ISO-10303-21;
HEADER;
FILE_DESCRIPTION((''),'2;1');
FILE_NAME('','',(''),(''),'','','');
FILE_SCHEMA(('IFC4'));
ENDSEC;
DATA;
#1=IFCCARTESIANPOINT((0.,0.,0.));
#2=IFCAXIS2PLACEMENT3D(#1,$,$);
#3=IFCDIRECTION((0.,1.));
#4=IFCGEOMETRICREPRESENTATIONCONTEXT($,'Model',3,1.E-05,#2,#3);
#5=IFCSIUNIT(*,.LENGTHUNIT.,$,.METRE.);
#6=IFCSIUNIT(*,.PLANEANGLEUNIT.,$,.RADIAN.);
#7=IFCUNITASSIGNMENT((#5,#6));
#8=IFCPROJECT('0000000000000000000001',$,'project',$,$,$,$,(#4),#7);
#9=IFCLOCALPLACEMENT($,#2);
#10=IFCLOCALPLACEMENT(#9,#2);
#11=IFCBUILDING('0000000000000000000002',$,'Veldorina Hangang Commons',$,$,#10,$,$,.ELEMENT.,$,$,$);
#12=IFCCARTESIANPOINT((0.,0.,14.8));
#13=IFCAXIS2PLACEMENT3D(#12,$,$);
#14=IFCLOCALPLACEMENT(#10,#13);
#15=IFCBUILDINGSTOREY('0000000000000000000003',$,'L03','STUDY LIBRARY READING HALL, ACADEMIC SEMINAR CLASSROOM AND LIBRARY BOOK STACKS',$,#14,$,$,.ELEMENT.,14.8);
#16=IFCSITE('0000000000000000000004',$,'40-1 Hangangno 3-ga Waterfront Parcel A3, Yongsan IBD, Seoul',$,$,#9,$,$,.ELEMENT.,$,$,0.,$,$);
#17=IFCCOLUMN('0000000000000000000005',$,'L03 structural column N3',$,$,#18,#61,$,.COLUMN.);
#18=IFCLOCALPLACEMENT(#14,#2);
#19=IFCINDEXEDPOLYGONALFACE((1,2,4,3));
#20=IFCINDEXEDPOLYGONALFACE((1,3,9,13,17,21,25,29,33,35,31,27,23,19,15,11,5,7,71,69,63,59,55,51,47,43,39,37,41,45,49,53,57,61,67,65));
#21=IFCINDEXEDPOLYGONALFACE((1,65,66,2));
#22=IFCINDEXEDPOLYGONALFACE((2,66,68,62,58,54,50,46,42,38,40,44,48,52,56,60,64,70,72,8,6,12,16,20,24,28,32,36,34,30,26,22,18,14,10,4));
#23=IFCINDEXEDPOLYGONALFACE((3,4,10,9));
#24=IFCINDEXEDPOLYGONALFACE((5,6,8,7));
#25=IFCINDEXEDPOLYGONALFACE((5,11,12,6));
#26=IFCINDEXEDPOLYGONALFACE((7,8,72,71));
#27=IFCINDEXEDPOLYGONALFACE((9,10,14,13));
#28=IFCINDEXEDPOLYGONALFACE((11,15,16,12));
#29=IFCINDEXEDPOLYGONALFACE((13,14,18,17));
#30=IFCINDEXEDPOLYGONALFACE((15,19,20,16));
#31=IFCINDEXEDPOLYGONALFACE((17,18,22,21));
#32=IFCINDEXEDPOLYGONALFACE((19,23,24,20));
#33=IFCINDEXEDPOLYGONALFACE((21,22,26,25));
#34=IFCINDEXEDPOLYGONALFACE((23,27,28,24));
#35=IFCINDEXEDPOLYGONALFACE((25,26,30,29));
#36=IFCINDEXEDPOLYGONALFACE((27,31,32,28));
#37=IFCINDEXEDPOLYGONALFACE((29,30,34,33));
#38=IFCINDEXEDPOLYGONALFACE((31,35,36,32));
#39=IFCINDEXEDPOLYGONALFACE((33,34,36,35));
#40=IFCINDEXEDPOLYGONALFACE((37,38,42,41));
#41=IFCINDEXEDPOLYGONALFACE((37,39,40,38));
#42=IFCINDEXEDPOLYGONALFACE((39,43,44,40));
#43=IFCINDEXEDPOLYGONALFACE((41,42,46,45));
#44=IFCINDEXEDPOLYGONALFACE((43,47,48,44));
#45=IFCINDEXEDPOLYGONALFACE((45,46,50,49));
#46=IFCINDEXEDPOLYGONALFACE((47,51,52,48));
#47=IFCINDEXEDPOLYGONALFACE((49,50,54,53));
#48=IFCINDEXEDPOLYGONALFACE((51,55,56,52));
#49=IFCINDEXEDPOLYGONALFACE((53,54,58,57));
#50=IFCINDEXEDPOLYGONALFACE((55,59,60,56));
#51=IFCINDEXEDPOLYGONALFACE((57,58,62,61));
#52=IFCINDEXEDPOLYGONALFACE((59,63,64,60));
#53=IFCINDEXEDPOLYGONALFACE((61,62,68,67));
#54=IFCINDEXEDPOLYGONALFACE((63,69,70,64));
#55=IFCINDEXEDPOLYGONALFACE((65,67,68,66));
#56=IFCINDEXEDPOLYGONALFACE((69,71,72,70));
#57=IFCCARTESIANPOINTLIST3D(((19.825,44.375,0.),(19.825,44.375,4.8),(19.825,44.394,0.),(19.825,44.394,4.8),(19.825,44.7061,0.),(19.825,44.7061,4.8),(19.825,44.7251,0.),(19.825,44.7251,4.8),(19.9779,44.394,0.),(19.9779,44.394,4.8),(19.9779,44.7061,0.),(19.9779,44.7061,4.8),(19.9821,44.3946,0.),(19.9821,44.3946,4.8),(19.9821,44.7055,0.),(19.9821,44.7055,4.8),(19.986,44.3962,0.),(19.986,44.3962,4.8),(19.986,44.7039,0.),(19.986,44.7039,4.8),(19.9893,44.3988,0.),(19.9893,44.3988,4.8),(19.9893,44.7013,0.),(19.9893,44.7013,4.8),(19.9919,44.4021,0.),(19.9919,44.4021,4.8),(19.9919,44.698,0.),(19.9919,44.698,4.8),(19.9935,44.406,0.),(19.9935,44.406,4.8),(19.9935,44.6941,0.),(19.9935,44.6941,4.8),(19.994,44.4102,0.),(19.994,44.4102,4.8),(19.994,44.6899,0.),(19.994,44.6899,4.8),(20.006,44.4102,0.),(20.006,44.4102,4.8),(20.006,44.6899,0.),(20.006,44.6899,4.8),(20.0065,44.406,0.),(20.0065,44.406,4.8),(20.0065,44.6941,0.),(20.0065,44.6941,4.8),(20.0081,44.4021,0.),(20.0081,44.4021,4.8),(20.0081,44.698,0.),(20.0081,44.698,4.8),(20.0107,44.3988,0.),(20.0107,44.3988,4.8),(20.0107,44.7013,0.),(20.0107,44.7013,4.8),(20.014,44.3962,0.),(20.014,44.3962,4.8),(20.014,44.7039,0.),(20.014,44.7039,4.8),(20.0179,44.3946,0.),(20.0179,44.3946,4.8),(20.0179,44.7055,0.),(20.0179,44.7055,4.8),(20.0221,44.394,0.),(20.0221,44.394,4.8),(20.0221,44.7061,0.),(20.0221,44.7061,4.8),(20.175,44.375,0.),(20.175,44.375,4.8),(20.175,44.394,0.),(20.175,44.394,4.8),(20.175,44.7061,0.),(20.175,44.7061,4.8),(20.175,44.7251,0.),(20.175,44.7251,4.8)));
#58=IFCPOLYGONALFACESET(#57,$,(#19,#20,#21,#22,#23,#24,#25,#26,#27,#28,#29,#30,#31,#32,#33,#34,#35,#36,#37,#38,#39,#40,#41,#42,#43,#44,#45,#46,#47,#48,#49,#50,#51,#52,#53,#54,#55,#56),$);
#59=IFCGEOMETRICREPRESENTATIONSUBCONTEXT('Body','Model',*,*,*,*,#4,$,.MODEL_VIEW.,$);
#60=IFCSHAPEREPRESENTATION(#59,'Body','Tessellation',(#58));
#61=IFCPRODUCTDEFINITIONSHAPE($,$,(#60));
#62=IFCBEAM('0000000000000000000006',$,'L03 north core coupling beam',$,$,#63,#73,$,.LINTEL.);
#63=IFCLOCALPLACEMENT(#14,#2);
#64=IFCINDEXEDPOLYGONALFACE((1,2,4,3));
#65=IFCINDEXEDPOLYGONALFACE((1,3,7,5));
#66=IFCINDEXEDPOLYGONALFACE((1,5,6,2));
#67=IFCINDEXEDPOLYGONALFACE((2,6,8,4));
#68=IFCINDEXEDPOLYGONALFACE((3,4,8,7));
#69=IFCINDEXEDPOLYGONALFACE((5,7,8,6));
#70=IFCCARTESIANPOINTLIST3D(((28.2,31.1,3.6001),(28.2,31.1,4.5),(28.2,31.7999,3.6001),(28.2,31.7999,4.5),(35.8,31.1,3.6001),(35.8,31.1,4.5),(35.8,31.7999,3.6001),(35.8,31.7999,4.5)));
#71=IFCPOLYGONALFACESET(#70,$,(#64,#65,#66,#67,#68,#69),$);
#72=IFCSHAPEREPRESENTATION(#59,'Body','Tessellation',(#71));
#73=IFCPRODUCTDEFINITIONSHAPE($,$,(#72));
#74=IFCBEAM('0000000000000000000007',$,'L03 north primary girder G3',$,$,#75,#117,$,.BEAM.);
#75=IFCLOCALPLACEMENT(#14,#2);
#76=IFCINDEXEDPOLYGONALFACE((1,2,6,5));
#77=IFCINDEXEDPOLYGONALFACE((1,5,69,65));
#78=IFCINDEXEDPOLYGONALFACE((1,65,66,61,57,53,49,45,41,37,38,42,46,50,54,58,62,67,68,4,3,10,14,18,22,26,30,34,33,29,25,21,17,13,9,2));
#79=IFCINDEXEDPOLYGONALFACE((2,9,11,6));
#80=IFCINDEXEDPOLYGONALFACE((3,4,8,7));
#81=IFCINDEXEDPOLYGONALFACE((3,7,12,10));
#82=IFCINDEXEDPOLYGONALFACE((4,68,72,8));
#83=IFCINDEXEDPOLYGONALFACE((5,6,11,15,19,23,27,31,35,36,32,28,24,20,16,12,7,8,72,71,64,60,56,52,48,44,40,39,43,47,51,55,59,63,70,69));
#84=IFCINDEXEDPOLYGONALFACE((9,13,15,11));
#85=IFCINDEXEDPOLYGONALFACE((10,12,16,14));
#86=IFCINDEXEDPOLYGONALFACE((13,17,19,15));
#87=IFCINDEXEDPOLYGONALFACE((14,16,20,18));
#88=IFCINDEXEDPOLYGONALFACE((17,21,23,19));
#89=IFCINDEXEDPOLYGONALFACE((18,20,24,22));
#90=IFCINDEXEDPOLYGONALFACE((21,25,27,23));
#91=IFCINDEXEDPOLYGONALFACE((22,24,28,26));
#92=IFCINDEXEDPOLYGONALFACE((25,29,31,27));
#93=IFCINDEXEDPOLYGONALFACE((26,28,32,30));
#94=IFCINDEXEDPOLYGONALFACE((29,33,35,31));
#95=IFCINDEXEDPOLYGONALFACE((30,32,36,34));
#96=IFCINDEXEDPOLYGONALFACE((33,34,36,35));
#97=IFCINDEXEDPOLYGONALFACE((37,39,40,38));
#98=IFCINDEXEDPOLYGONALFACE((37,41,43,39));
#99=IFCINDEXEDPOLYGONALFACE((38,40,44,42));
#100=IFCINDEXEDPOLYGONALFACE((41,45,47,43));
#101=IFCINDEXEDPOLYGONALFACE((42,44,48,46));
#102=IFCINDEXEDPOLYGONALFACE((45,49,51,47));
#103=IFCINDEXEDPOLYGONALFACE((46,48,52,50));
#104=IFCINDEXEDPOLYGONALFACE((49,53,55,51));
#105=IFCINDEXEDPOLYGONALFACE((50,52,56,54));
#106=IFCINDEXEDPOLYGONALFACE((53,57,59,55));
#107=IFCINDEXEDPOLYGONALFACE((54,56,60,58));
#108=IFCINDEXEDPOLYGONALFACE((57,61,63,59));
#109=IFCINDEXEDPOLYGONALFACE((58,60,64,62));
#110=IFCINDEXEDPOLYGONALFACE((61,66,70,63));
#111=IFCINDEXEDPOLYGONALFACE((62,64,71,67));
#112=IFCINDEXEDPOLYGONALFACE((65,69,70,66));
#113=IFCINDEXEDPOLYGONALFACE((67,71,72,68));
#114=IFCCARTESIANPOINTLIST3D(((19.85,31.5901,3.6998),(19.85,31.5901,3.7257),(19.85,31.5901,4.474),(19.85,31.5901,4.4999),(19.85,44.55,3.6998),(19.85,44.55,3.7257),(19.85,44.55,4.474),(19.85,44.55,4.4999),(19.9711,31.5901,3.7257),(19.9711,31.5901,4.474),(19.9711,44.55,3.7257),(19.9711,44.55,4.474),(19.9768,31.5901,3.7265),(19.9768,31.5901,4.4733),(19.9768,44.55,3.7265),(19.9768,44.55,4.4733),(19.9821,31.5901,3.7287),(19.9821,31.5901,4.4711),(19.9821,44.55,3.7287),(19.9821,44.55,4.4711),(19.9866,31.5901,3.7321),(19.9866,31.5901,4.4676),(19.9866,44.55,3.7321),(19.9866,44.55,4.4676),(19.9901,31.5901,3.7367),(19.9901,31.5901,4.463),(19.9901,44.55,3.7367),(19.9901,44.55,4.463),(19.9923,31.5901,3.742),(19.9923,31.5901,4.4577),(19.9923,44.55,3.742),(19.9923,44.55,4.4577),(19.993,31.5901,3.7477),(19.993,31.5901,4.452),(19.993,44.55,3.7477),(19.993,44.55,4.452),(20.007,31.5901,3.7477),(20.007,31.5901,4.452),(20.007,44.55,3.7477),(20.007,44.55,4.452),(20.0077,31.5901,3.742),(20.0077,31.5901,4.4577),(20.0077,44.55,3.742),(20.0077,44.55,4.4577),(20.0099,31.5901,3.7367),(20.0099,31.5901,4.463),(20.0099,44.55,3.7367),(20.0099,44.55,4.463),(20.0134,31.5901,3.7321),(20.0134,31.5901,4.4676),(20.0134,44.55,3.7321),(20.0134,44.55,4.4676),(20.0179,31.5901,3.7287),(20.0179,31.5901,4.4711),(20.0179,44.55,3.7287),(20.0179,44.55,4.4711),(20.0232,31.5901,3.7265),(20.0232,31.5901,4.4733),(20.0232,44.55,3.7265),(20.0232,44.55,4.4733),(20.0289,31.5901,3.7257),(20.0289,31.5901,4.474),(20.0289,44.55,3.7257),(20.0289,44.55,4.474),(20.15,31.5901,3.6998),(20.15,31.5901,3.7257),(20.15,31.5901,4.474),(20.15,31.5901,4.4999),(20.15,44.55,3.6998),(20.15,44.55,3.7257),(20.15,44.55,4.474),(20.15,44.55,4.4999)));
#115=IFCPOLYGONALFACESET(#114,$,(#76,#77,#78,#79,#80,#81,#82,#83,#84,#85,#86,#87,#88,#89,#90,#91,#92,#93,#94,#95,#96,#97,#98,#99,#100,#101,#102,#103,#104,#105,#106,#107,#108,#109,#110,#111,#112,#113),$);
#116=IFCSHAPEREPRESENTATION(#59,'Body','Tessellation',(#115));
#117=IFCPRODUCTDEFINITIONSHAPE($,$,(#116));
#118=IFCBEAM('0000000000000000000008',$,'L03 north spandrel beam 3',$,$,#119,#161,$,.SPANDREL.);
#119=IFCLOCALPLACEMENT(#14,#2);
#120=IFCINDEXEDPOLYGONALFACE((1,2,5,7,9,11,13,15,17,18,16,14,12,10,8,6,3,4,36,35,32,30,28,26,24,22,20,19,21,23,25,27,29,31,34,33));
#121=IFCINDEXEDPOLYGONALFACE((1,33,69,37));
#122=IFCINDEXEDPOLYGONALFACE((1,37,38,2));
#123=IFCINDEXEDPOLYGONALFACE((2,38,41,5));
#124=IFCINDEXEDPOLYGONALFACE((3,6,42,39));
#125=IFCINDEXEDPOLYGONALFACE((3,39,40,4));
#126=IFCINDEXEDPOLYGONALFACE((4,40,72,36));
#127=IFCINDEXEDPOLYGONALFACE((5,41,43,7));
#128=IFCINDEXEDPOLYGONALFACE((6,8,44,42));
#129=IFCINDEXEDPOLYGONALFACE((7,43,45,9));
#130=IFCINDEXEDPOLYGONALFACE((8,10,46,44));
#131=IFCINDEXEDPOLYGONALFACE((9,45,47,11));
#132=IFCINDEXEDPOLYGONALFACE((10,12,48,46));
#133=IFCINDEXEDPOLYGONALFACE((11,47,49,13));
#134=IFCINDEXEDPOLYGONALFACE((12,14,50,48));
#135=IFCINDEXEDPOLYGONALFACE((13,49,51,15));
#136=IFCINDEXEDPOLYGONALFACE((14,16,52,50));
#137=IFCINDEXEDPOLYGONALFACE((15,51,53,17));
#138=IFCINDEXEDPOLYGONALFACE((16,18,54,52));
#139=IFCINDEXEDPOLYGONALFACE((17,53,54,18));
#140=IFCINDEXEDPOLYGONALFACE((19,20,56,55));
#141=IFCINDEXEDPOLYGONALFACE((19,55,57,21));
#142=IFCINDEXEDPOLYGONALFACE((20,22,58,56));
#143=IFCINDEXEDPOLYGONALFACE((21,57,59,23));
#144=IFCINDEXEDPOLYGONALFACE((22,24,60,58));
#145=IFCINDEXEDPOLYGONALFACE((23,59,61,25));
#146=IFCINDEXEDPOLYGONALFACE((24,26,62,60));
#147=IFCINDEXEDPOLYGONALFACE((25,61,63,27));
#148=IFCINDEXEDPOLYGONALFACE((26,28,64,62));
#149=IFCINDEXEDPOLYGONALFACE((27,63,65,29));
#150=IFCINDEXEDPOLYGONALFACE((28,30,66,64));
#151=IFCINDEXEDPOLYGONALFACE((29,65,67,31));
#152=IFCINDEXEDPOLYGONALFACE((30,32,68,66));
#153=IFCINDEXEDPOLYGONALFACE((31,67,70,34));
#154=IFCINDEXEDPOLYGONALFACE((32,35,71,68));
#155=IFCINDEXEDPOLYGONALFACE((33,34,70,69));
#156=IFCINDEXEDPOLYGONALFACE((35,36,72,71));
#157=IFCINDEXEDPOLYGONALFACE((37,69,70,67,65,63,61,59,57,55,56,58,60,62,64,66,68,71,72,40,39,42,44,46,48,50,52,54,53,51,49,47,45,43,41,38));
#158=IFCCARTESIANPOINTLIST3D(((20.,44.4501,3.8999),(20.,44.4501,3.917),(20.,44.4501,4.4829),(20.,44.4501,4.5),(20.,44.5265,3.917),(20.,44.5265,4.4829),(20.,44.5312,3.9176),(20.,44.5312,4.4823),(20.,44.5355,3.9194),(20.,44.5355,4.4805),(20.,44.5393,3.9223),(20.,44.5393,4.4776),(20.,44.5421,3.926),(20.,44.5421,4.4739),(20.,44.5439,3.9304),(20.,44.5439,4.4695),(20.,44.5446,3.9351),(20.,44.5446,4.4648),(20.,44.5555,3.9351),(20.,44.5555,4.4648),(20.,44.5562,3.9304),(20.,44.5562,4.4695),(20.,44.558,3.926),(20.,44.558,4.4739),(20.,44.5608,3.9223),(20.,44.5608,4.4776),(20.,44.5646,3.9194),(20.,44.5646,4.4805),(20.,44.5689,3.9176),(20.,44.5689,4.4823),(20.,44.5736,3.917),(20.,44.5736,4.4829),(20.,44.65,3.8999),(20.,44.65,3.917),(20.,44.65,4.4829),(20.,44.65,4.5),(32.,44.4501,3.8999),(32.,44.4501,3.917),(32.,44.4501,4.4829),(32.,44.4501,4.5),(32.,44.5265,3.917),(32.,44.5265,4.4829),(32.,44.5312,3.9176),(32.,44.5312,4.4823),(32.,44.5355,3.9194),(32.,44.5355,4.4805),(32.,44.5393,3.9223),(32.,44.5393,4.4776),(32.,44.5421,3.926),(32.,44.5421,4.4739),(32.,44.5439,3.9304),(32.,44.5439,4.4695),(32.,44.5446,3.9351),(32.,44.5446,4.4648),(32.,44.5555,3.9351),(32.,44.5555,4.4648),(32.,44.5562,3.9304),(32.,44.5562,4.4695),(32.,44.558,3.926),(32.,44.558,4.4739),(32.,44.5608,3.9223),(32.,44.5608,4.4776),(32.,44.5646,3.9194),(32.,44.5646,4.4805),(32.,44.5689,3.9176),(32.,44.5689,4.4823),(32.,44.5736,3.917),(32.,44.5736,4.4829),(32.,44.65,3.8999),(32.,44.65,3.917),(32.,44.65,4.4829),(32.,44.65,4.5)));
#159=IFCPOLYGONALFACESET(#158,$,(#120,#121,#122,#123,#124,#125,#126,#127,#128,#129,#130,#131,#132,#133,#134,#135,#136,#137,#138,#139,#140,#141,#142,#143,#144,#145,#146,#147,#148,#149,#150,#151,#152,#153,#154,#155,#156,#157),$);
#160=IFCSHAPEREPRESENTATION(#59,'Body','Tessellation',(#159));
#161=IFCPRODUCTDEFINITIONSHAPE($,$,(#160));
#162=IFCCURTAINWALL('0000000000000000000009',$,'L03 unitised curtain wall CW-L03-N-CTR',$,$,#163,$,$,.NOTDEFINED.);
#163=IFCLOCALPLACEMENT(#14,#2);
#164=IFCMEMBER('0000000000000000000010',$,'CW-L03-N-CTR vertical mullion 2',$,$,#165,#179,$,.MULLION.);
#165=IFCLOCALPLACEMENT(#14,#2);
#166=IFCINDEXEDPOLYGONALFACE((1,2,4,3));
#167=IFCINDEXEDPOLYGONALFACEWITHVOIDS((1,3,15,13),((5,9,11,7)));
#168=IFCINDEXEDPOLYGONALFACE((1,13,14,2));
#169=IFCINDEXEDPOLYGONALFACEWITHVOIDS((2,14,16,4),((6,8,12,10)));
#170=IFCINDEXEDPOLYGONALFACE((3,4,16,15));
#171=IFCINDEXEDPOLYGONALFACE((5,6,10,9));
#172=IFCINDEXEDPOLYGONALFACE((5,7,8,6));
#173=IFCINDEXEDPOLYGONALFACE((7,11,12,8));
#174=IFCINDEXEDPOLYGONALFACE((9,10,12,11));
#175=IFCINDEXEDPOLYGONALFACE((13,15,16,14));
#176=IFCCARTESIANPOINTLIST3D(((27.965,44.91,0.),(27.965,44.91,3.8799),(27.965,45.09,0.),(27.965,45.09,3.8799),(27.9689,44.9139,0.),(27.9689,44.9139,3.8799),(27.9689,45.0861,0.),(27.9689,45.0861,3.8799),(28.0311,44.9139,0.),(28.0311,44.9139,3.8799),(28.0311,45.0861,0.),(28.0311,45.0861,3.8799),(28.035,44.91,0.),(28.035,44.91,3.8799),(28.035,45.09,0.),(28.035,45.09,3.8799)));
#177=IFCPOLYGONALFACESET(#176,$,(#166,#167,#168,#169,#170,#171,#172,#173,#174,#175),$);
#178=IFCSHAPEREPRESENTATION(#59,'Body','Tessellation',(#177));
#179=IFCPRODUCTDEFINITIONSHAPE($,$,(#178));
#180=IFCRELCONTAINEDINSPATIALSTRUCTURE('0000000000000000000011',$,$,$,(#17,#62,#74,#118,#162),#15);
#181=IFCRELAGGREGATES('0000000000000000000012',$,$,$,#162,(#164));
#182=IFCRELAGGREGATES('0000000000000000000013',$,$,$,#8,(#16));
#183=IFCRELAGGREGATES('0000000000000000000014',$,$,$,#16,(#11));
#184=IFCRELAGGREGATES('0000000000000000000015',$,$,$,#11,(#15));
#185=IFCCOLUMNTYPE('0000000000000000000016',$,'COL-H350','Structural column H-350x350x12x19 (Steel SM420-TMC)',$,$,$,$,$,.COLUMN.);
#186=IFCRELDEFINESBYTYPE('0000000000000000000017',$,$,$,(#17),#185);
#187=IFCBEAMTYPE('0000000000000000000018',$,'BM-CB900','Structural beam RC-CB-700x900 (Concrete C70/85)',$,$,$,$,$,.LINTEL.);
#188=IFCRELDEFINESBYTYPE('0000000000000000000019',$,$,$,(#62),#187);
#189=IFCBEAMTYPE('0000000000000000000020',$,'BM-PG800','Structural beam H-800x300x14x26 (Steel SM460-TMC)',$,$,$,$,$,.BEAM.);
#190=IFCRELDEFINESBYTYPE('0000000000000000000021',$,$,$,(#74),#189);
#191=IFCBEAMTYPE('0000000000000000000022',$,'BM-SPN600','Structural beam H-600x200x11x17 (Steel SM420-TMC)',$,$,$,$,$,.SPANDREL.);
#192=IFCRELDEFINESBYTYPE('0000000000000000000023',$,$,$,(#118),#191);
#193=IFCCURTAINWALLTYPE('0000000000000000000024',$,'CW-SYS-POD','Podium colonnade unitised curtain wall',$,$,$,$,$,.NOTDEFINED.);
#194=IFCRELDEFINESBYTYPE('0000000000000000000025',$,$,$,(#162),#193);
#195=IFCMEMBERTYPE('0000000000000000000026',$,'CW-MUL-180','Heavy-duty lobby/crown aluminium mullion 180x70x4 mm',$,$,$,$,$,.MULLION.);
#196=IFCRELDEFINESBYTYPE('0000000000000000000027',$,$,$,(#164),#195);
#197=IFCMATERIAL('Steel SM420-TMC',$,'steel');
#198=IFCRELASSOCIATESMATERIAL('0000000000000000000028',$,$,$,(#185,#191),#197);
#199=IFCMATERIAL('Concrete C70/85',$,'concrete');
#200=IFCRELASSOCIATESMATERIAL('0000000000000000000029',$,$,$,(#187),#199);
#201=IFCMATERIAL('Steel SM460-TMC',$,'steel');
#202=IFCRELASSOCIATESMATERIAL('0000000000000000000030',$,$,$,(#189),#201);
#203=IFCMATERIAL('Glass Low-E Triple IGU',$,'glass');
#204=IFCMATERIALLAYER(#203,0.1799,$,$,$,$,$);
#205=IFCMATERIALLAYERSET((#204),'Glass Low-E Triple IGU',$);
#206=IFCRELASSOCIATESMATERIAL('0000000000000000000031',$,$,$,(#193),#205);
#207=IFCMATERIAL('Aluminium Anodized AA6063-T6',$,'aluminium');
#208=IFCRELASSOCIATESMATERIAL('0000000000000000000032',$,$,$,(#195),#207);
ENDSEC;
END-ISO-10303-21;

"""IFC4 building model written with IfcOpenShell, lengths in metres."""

from ifc_helpers import new_model, si_unit, direction, frame, origin, origin_2d, place, context, subcontext, project, spatial, rectangle, hollow_rectangle, i_section, extrude, material, layer, layer_set, material_profile, profile_set, type_object, element, aggregate, save


model = new_model("IFC4")

# Units and contexts
model_context = context("Model", 3, precision=1e-05, world=origin(), true_north=direction((0.0, 1.0)))
body_context = subcontext(model_context, "Body", "Model", "MODEL_VIEW")
ifc_project = project(units=[si_unit("LENGTHUNIT", "METRE"), si_unit("PLANEANGLEUNIT", "RADIAN")], contexts=[model_context])

# Site, building, storey
site_placement = place(None, origin())
site = spatial("IfcSite", under=ifc_project, at=site_placement, Name="40-1 Hangangno 3-ga Waterfront Parcel A3, Yongsan IBD, Seoul", CompositionType="ELEMENT", RefElevation=0.0)
building_placement = place(site_placement, origin())
building = spatial("IfcBuilding", under=site, at=building_placement, Name="Veldorina Hangang Commons", CompositionType="ELEMENT")
storey_placement = place(building_placement, frame((0.0, 0.0, 14.8)))
storey = spatial("IfcBuildingStorey", under=building, at=storey_placement, Name="L03", Description="STUDY LIBRARY READING HALL, ACADEMIC SEMINAR CLASSROOM AND LIBRARY BOOK STACKS", CompositionType="ELEMENT", Elevation=14.8)

# Column
ifc_material_1 = material(Name="Steel SM420-TMC", Category="steel")
ifc_material_profile_1 = material_profile(ifc_material_1, i_section(OverallWidth=0.3501, OverallDepth=0.3501, WebThickness=0.012, FlangeThickness=0.019, FilletRadius=0.0161, at=origin_2d()), Name="H-350x350x12x19")
ifc_profile_set_1 = profile_set([ifc_material_profile_1], Name="Steel SM420-TMC")
column_type = type_object("IfcColumnType", Name="COL-H350", Description="Structural column H-350x350x12x19 (Steel SM420-TMC)", PredefinedType="COLUMN", material=ifc_profile_set_1)
column_placement = place(storey_placement, frame((20.0, 44.55, 0.0), z_axis=(0.0, 0.0, 1.0), x_axis=(1.0, 0.0, 0.0)))
element("IfcColumn", 1, at=column_placement, inside=storey, type_object=column_type, Name="L03 structural column N3", PredefinedType="COLUMN", context=body_context, shape_type="SweptSolid", body=[
    extrude(i_section(OverallWidth=0.3501, OverallDepth=0.3501, WebThickness=0.012, FlangeThickness=0.019, FilletRadius=0.0161, at=origin_2d()), origin(), (0.0, 0.0, 1.0), 4.8),
])

# Beams
ifc_material_2 = material(Name="Concrete C70/85", Category="concrete")
ifc_material_profile_2 = material_profile(ifc_material_2, rectangle(XDim=0.7, YDim=0.8999, at=origin_2d()), Name="RC-CB-700x900")
ifc_profile_set_2 = profile_set([ifc_material_profile_2], Name="Concrete C70/85")
beam_type_1 = type_object("IfcBeamType", Name="BM-CB900", Description="Structural beam RC-CB-700x900 (Concrete C70/85)", PredefinedType="LINTEL", material=ifc_profile_set_2)
beam_1_placement = place(storey_placement, frame((28.2, 31.45, 4.05), z_axis=(1.0, 0.0, 0.0), x_axis=(0.0, 1.0, 0.0)))
element("IfcBeam", 2, at=beam_1_placement, inside=storey, type_object=beam_type_1, Name="L03 north core coupling beam", PredefinedType="LINTEL", context=body_context, shape_type="SweptSolid", body=[
    extrude(rectangle(XDim=0.7, YDim=0.8999, at=origin_2d()), origin(), (0.0, 0.0, 1.0), 7.6001),
])
ifc_material_3 = material(Name="Steel SM460-TMC", Category="steel")
ifc_material_profile_3 = material_profile(ifc_material_3, i_section(OverallWidth=0.3, OverallDepth=0.8, WebThickness=0.0139, FlangeThickness=0.0259, FilletRadius=0.022, at=origin_2d()), Name="H-800x300x14x26")
ifc_profile_set_3 = profile_set([ifc_material_profile_3], Name="Steel SM460-TMC")
beam_type_2 = type_object("IfcBeamType", Name="BM-PG800", Description="Structural beam H-800x300x14x26 (Steel SM460-TMC)", PredefinedType="BEAM", material=ifc_profile_set_3)
beam_2_placement = place(storey_placement, frame((20.0, 31.5901, 4.0999), z_axis=(0.0, 1.0, 0.0), x_axis=(-1.0, 0.0, 0.0)))
element("IfcBeam", 3, at=beam_2_placement, inside=storey, type_object=beam_type_2, Name="L03 north primary girder G3", PredefinedType="BEAM", context=body_context, shape_type="SweptSolid", body=[
    extrude(i_section(OverallWidth=0.3, OverallDepth=0.8, WebThickness=0.0139, FlangeThickness=0.0259, FilletRadius=0.022, at=origin_2d()), origin(), (0.0, 0.0, 1.0), 12.96),
])
ifc_material_profile_4 = material_profile(ifc_material_1, i_section(OverallWidth=0.2, OverallDepth=0.6001, WebThickness=0.011, FlangeThickness=0.0171, FilletRadius=0.0181, at=origin_2d()), Name="H-600x200x11x17")
ifc_profile_set_4 = profile_set([ifc_material_profile_4], Name="Steel SM420-TMC")
beam_type_3 = type_object("IfcBeamType", Name="BM-SPN600", Description="Structural beam H-600x200x11x17 (Steel SM420-TMC)", PredefinedType="SPANDREL", material=ifc_profile_set_4)
beam_3_placement = place(storey_placement, frame((20.0, 44.55, 4.2), z_axis=(1.0, 0.0, 0.0), x_axis=(0.0, 1.0, 0.0)))
element("IfcBeam", 4, at=beam_3_placement, inside=storey, type_object=beam_type_3, Name="L03 north spandrel beam 3", PredefinedType="SPANDREL", context=body_context, shape_type="SweptSolid", body=[
    extrude(i_section(OverallWidth=0.2, OverallDepth=0.6001, WebThickness=0.011, FlangeThickness=0.0171, FilletRadius=0.0181, at=origin_2d()), origin(), (0.0, 0.0, 1.0), 12.0),
])

# Curtain wall, member
ifc_material_4 = material(Name="Glass Low-E Triple IGU", Category="glass")
ifc_layer_1 = layer(ifc_material_4, 0.1799)
ifc_layer_set_1 = layer_set([ifc_layer_1], Name="Glass Low-E Triple IGU")
curtain_wall_type = type_object("IfcCurtainWallType", Name="CW-SYS-POD", Description="Podium colonnade unitised curtain wall", PredefinedType="NOTDEFINED", material=ifc_layer_set_1)
curtain_wall_placement = place(storey_placement, origin())
curtain_wall = element("IfcCurtainWall", 5, at=curtain_wall_placement, inside=storey, type_object=curtain_wall_type, Name="L03 unitised curtain wall CW-L03-N-CTR", PredefinedType="NOTDEFINED")
ifc_material_5 = material(Name="Aluminium Anodized AA6063-T6", Category="aluminium")
ifc_material_profile_5 = material_profile(ifc_material_5, hollow_rectangle(XDim=0.0701, YDim=0.1799, WallThickness=0.0039, at=origin_2d()), Name="ALU-RHS-180x70x4")
ifc_profile_set_5 = profile_set([ifc_material_profile_5], Name="Aluminium Anodized AA6063-T6")
member_type_1 = type_object("IfcMemberType", Name="CW-MUL-180", Description="Heavy-duty lobby/crown aluminium mullion 180x70x4 mm", PredefinedType="MULLION", material=ifc_profile_set_5)
member_1_placement = place(storey_placement, frame((28.0, 45.0, 0.0), z_axis=(0.0, 0.0, 1.0), x_axis=(-1.0, 0.0, 0.0)))
member_1 = element("IfcMember", 6, at=member_1_placement, type_object=member_type_1, Name="CW-L03-N-CTR vertical mullion 2", PredefinedType="MULLION", context=body_context, shape_type="SweptSolid", body=[
    extrude(hollow_rectangle(XDim=0.0701, YDim=0.1799, WallThickness=0.0039, at=origin_2d()), origin(), (0.0, 0.0, 1.0), 3.8799),
])
aggregate(curtain_wall, [member_1])

save(model, "model.ifc")
